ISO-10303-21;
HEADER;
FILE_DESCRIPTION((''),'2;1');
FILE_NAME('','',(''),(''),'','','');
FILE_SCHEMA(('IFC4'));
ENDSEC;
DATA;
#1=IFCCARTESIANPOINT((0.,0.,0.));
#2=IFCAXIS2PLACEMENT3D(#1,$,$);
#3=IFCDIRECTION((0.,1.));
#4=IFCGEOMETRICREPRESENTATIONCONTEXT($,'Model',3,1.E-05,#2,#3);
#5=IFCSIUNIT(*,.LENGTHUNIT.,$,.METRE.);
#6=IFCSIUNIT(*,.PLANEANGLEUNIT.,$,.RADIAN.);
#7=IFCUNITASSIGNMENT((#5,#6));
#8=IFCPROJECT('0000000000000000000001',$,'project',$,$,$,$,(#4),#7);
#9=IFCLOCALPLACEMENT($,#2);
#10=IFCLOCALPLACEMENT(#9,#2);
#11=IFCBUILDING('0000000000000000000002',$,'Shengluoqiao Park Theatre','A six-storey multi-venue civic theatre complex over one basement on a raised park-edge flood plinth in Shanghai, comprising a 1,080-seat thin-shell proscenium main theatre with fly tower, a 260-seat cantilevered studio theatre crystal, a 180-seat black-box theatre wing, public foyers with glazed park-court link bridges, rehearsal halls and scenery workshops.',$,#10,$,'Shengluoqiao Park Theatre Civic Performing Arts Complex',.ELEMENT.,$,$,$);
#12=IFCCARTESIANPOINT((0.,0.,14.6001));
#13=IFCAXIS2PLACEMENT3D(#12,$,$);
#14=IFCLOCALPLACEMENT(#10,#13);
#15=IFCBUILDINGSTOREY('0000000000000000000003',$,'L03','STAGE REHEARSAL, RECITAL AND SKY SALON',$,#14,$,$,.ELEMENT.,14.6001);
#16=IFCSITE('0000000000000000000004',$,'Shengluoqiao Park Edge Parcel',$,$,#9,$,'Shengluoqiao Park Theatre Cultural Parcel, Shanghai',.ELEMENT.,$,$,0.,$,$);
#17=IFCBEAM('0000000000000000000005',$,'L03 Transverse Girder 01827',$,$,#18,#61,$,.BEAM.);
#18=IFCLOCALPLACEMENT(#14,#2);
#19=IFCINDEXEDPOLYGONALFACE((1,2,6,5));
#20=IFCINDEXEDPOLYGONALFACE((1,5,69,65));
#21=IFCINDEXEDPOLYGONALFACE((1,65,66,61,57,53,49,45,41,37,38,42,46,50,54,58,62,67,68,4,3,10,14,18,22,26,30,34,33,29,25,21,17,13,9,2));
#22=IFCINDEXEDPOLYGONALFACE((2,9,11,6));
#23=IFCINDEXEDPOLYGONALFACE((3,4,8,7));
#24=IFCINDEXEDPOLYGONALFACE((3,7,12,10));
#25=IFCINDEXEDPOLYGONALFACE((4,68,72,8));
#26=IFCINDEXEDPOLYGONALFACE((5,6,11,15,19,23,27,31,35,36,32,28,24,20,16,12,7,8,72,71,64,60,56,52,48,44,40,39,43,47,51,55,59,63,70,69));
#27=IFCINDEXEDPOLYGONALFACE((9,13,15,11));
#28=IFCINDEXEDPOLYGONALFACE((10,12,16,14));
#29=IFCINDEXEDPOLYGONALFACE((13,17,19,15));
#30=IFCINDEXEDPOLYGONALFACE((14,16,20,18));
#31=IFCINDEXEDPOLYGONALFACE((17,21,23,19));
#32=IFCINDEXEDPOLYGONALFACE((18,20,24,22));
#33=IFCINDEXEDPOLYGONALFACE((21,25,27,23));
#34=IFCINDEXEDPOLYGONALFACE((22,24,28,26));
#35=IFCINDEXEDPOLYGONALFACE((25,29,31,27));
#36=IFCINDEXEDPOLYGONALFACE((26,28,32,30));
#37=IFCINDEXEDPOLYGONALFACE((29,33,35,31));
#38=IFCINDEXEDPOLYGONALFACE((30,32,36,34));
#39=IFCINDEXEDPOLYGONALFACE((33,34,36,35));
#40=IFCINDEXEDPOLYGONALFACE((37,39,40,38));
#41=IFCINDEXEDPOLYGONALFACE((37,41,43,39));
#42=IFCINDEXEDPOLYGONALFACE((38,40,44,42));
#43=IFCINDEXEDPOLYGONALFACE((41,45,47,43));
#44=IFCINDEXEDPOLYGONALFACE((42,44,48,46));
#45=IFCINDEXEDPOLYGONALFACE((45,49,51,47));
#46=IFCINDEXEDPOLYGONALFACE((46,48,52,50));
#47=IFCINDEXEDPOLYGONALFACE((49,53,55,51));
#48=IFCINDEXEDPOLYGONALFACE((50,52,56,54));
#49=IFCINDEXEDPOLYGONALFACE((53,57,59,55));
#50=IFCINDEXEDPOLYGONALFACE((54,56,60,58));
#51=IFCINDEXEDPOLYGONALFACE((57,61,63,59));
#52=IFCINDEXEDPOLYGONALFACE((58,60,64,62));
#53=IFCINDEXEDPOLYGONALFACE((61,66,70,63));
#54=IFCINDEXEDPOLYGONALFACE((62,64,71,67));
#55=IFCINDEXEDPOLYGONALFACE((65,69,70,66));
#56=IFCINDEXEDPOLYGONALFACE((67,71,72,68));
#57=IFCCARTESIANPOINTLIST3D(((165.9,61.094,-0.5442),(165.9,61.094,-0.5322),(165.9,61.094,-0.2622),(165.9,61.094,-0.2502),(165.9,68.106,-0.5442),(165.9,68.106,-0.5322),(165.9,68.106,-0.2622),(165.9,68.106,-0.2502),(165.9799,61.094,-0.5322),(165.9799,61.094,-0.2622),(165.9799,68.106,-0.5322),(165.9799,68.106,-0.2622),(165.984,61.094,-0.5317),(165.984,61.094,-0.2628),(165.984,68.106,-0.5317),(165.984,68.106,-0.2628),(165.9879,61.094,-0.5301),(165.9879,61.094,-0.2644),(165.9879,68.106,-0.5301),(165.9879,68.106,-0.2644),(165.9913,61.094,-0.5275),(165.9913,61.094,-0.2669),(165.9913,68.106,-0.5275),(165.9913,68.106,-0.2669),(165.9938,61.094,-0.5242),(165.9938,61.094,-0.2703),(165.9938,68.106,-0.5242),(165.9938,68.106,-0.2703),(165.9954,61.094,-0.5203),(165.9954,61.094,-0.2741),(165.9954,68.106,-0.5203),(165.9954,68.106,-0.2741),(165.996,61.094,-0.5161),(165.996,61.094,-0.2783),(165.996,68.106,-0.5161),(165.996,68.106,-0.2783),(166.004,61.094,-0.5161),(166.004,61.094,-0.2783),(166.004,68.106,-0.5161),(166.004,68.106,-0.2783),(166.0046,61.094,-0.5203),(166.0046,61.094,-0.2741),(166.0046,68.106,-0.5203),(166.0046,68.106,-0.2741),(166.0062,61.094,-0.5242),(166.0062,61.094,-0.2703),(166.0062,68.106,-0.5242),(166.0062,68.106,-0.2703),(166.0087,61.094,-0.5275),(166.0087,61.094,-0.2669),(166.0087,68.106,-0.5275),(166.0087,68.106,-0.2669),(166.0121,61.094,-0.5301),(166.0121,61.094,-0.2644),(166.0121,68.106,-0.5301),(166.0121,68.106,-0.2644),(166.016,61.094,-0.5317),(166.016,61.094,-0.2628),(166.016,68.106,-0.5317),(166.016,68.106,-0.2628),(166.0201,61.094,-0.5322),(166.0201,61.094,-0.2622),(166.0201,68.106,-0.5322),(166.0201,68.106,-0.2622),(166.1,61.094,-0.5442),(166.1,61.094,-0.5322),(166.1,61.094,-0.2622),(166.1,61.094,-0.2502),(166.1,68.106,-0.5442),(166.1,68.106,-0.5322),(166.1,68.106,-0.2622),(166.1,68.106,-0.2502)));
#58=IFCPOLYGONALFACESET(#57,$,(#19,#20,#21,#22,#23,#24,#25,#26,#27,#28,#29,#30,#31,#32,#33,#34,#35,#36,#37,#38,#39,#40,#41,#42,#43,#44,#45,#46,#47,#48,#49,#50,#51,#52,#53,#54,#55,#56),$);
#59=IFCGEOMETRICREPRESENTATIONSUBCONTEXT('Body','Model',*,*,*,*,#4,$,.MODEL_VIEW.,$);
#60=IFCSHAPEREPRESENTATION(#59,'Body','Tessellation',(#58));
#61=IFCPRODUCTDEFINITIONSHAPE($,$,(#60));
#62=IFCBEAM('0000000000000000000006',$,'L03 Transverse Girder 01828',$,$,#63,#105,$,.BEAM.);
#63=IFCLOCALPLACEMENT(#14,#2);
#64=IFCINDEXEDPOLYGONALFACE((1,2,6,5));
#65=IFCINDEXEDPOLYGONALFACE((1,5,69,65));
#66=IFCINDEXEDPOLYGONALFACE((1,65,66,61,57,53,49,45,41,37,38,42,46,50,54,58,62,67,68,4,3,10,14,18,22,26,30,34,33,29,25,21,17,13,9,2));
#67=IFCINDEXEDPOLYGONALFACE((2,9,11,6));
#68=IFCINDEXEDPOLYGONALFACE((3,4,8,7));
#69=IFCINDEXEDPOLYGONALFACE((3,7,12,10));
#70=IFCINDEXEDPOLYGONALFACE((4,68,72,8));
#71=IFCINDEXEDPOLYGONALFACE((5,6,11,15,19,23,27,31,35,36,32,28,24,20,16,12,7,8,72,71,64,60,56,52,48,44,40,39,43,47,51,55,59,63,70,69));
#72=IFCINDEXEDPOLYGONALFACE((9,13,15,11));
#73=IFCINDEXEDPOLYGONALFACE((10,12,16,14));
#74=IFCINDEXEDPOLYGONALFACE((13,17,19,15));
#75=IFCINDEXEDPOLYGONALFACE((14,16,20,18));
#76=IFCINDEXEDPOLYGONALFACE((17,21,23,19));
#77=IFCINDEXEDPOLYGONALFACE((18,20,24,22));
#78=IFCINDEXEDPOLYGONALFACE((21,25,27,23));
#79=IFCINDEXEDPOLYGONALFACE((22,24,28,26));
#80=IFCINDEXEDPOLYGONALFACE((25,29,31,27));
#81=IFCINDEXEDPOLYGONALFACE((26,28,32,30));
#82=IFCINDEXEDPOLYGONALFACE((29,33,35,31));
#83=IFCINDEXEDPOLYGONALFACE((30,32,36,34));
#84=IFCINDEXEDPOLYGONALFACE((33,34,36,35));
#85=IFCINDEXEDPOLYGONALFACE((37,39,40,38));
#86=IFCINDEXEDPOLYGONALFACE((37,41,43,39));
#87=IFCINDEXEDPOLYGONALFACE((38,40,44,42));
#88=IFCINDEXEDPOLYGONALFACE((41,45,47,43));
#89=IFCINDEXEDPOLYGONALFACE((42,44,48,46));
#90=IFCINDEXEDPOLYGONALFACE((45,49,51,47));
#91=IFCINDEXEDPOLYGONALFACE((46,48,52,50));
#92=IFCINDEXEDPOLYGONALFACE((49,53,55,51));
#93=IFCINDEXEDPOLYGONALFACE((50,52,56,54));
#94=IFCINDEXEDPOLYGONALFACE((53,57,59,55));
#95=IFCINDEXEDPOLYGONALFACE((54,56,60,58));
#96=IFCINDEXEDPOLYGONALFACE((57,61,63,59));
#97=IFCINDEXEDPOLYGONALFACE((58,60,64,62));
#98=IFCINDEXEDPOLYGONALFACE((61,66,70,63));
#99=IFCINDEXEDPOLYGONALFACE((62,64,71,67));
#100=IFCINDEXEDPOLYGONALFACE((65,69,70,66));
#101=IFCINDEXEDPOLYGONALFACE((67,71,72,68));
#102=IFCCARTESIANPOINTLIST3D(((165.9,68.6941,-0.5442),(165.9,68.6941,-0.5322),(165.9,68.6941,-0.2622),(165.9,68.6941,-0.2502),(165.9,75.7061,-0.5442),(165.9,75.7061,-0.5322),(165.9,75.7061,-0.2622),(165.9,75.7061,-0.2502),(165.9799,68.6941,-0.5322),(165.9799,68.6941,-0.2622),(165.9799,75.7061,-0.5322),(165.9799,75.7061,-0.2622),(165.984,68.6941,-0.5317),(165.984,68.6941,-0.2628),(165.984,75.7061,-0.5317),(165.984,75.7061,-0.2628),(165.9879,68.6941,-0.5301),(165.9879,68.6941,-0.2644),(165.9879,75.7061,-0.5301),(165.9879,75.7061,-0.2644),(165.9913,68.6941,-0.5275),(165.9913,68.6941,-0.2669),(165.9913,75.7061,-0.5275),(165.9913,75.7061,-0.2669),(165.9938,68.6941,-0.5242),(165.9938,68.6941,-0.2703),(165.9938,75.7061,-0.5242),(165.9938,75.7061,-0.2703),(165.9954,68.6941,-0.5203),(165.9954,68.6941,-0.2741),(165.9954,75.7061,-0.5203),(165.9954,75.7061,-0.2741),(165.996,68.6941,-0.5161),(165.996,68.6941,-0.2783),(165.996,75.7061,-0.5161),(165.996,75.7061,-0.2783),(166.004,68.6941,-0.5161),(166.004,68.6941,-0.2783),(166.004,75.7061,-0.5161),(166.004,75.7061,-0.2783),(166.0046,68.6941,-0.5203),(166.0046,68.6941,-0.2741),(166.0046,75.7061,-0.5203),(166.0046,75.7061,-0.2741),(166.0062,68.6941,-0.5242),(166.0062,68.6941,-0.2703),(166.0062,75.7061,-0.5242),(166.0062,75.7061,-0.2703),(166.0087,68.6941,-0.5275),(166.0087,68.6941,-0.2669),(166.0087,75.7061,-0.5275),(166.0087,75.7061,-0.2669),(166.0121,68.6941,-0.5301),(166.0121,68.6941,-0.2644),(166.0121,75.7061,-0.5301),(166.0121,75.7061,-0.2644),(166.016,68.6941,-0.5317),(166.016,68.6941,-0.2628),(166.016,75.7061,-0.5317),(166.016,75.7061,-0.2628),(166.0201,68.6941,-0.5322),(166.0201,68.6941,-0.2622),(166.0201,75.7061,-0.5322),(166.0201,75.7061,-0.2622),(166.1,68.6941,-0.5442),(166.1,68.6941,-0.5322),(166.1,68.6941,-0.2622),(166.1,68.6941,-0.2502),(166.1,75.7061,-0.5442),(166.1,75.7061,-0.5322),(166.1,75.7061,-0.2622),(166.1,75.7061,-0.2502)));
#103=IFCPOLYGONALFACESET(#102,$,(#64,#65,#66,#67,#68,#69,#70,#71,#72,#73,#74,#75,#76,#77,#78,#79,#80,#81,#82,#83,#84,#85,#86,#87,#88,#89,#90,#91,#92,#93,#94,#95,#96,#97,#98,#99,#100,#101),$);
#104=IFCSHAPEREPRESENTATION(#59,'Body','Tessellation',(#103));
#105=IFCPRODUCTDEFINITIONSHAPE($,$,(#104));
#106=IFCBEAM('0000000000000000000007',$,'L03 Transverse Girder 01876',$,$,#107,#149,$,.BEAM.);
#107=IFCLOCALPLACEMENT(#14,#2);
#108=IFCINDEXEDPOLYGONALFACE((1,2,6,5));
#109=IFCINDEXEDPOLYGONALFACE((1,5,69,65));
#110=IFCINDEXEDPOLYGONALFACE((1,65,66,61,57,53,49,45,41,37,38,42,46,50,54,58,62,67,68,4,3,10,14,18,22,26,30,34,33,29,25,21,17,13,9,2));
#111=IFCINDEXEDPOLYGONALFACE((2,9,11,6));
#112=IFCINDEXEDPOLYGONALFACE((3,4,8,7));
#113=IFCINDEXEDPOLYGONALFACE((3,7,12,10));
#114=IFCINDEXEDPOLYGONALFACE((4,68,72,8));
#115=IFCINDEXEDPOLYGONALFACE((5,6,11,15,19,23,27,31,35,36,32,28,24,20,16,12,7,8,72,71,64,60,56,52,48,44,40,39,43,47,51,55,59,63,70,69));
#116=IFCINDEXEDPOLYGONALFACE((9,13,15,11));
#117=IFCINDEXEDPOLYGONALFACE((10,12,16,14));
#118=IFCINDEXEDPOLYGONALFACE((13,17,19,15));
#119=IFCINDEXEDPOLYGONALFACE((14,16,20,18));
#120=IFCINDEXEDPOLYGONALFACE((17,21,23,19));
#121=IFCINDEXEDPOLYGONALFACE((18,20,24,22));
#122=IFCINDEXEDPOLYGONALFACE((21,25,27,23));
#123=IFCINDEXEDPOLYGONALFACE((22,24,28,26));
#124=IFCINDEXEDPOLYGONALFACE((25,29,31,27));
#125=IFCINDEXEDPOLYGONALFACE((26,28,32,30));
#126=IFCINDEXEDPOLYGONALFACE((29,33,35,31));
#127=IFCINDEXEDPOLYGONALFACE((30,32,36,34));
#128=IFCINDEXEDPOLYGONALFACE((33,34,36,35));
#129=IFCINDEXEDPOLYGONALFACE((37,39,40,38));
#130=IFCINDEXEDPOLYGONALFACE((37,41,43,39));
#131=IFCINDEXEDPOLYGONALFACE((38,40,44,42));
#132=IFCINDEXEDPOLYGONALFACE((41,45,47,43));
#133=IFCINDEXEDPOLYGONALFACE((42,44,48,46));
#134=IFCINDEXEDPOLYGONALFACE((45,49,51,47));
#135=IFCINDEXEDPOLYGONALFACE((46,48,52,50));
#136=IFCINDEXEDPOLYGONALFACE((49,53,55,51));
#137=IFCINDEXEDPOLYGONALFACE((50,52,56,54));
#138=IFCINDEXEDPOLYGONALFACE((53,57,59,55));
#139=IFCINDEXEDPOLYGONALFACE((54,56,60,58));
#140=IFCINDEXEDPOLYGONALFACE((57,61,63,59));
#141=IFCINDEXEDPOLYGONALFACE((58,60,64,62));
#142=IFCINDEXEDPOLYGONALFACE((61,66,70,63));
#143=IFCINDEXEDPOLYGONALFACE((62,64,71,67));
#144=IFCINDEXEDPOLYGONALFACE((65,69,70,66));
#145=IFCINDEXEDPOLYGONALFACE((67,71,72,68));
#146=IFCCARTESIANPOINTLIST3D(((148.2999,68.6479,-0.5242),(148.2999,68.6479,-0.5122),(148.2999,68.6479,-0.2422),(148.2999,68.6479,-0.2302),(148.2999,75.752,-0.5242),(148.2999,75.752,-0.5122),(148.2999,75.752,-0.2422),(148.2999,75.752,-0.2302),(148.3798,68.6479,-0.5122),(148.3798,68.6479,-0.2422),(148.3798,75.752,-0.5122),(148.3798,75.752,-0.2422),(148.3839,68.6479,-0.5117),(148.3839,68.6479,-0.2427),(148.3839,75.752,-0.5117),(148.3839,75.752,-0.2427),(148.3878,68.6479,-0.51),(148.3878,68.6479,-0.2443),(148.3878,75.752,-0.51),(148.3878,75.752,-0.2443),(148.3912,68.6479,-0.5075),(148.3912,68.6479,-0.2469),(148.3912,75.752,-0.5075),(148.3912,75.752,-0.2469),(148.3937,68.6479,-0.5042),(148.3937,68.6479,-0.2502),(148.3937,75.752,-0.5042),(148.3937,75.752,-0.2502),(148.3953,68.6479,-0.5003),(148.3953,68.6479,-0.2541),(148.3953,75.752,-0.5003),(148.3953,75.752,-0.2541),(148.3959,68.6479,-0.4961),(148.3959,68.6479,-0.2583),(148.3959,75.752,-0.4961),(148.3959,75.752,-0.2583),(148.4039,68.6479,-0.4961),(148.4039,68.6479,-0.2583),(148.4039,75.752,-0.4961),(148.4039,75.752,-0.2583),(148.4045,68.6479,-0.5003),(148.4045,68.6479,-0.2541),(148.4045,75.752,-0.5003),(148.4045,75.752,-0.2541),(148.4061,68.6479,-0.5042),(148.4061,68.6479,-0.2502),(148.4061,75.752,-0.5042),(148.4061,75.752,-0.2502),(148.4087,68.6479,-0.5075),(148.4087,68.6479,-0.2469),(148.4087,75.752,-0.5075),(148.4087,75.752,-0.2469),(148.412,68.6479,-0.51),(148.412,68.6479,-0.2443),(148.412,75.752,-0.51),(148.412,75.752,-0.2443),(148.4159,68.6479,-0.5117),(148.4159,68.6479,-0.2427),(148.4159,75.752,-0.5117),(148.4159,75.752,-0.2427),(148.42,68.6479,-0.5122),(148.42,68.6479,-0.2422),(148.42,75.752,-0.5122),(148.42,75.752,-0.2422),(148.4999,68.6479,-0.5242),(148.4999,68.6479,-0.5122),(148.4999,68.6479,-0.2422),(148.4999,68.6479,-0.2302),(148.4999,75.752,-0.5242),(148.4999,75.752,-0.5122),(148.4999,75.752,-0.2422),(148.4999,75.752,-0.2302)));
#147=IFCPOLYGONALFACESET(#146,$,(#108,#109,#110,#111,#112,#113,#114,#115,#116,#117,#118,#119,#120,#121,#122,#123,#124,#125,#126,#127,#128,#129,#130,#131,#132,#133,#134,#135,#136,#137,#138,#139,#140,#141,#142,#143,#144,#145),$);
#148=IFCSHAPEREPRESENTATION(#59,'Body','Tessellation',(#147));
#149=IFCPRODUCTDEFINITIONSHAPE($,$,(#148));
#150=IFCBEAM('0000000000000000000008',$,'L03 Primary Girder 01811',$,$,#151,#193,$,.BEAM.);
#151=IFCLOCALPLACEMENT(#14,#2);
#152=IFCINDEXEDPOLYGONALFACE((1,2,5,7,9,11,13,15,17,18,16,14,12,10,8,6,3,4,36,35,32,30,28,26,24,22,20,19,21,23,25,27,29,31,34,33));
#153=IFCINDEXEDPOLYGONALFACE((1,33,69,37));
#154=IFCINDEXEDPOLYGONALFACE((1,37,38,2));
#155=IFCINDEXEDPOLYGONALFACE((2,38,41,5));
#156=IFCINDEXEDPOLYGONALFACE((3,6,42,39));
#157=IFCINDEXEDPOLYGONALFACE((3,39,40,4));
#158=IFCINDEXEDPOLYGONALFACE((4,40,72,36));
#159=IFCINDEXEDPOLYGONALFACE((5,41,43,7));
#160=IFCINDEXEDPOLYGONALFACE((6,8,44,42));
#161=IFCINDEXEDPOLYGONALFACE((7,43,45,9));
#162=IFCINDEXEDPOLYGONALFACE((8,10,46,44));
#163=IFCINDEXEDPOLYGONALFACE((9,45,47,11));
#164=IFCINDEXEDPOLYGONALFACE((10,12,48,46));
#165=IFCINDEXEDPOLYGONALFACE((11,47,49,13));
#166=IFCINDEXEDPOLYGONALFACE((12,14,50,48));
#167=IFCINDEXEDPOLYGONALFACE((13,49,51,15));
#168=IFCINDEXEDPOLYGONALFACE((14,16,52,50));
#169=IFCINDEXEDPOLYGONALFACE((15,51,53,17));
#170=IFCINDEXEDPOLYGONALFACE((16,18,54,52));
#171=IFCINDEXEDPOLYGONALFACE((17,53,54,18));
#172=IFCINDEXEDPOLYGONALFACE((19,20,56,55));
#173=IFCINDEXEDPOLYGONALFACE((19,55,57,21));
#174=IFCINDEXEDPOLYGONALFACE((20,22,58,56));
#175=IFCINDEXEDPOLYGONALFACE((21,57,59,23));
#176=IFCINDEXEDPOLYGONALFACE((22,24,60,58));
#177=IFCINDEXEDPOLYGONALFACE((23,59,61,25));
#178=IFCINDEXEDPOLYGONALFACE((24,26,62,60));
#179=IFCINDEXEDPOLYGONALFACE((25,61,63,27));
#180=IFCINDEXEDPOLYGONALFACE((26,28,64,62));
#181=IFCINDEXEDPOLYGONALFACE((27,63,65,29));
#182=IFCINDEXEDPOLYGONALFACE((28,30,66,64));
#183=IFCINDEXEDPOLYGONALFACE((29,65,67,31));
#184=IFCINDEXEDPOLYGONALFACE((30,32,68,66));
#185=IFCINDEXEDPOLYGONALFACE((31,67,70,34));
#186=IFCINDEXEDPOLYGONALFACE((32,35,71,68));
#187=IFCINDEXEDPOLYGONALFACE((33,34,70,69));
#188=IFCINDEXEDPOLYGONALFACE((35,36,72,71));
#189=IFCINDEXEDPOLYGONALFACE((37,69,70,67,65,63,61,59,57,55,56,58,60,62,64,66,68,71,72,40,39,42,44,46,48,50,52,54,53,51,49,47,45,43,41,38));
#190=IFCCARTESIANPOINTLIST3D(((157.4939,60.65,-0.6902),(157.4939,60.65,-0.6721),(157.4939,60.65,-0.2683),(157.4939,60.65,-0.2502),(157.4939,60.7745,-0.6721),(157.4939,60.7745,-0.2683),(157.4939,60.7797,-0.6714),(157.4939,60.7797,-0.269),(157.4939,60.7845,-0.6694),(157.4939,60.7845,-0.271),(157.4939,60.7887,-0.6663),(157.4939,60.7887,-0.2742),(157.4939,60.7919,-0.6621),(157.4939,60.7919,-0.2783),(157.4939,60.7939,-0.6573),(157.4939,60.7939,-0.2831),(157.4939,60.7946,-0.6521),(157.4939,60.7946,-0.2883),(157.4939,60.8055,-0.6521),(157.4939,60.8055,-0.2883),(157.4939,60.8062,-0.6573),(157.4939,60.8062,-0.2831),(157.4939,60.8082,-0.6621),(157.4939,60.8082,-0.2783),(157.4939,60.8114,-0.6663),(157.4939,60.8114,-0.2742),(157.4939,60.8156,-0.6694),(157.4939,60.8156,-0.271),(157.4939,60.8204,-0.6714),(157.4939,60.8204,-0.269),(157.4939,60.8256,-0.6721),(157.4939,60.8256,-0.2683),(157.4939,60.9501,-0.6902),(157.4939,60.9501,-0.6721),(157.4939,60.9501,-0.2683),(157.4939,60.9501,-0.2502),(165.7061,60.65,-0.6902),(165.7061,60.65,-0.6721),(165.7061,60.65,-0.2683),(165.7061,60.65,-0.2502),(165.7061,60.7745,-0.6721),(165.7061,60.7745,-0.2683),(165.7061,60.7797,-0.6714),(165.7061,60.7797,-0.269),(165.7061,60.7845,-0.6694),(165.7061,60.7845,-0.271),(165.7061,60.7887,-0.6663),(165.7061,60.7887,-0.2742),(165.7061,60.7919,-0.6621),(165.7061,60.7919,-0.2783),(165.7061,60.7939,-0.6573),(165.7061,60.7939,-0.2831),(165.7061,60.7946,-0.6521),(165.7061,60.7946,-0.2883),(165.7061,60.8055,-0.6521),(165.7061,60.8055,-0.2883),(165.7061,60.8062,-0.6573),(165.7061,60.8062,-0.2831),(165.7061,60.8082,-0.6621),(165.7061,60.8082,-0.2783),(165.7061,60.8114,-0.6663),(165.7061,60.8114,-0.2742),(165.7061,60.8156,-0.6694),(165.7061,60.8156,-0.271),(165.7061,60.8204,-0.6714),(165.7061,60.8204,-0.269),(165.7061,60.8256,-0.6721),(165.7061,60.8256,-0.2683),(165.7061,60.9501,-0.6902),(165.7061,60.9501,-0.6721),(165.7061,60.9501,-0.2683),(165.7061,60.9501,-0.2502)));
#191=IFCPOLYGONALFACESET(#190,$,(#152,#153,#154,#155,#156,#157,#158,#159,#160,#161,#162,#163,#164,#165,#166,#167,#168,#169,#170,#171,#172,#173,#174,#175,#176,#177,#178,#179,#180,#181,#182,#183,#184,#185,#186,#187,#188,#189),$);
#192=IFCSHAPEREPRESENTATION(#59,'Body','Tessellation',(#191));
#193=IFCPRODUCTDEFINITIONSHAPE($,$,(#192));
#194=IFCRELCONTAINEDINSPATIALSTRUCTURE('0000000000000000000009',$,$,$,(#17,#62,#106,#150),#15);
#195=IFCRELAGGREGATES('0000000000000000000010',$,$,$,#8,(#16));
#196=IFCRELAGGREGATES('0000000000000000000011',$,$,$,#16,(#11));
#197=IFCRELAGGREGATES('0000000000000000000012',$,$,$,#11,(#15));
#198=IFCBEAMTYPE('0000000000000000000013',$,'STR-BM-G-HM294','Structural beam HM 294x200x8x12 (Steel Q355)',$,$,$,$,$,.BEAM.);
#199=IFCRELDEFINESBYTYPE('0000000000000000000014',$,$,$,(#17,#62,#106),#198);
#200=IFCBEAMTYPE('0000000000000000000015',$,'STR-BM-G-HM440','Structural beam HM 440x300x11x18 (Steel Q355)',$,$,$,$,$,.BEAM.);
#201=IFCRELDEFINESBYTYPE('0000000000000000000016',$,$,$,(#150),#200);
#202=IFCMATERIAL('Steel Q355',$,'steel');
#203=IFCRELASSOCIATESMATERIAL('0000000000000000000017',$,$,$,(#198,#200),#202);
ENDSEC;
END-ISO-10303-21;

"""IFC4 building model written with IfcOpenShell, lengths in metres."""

from ifc_helpers import new_model, si_unit, direction, frame, origin, origin_2d, place, context, subcontext, project, spatial, i_section, extrude, material, material_profile, profile_set, type_object, element, save


model = new_model("IFC4")

# Units and contexts
model_context = context("Model", 3, precision=1e-05, world=origin(), true_north=direction((0.0, 1.0)))
body_context = subcontext(model_context, "Body", "Model", "MODEL_VIEW")
ifc_project = project(units=[si_unit("LENGTHUNIT", "METRE"), si_unit("PLANEANGLEUNIT", "RADIAN")], contexts=[model_context])

# Site, building, storey
site_placement = place(None, origin())
site = spatial("IfcSite", under=ifc_project, at=site_placement, Name="Shengluoqiao Park Edge Parcel", LongName="Shengluoqiao Park Theatre Cultural Parcel, Shanghai", CompositionType="ELEMENT", RefElevation=0.0)
building_placement = place(site_placement, origin())
building = spatial("IfcBuilding", under=site, at=building_placement, Name="Shengluoqiao Park Theatre", Description="A six-storey multi-venue civic theatre complex over one basement on a raised park-edge flood plinth in Shanghai, comprising a 1,080-seat thin-shell proscenium main theatre with fly tower, a 260-seat cantilevered studio theatre crystal, a 180-seat black-box theatre wing, public foyers with glazed park-court link bridges, rehearsal halls and scenery workshops.", LongName="Shengluoqiao Park Theatre Civic Performing Arts Complex", CompositionType="ELEMENT")
storey_placement = place(building_placement, frame((0.0, 0.0, 14.6001)))
storey = spatial("IfcBuildingStorey", under=building, at=storey_placement, Name="L03", Description="STAGE REHEARSAL, RECITAL AND SKY SALON", CompositionType="ELEMENT", Elevation=14.6001)

# Beams
ifc_material = material(Name="Steel Q355", Category="steel")
ifc_material_profile_1 = material_profile(ifc_material, i_section(OverallWidth=0.2, OverallDepth=0.2939, WebThickness=0.0081, FlangeThickness=0.012, FilletRadius=0.0161, at=origin_2d()), Name="HM 294x200x8x12")
ifc_profile_set_1 = profile_set([ifc_material_profile_1], Name="Steel Q355")
beam_type_1 = type_object("IfcBeamType", Name="STR-BM-G-HM294", Description="Structural beam HM 294x200x8x12 (Steel Q355)", PredefinedType="BEAM", material=ifc_profile_set_1)
for number, where, z_axis, x_axis, name in (
    (1, (166.0, 61.094, -0.3972), (0.0, 1.0, 0.0), (-1.0, 0.0, 0.0), "L03 Transverse Girder 01827"),
    (2, (166.0, 68.6941, -0.3972), (0.0, 1.0, 0.0), (-1.0, 0.0, 0.0), "L03 Transverse Girder 01828"),
):
    element("IfcBeam", number, at=place(storey_placement, frame(where, z_axis=z_axis, x_axis=x_axis)), inside=storey, type_object=beam_type_1, Name=name, PredefinedType="BEAM", context=body_context, shape_type="SweptSolid", body=[
        extrude(i_section(OverallWidth=0.2, OverallDepth=0.2939, WebThickness=0.0081, FlangeThickness=0.012, FilletRadius=0.0161, at=origin_2d()), origin(), (0.0, 0.0, 1.0), 7.012),
    ])
beam_1_placement = place(storey_placement, frame((148.3999, 68.6479, -0.3772), z_axis=(0.0, 1.0, 0.0), x_axis=(-1.0, 0.0, 0.0)))
element("IfcBeam", 3, at=beam_1_placement, inside=storey, type_object=beam_type_1, Name="L03 Transverse Girder 01876", PredefinedType="BEAM", context=body_context, shape_type="SweptSolid", body=[
    extrude(i_section(OverallWidth=0.2, OverallDepth=0.2939, WebThickness=0.0081, FlangeThickness=0.012, FilletRadius=0.0161, at=origin_2d()), origin(), (0.0, 0.0, 1.0), 7.104),
])
ifc_material_profile_2 = material_profile(ifc_material, i_section(OverallWidth=0.3, OverallDepth=0.4399, WebThickness=0.011, FlangeThickness=0.0181, FilletRadius=0.02, at=origin_2d()), Name="HM 440x300x11x18")
ifc_profile_set_2 = profile_set([ifc_material_profile_2], Name="Steel Q355")
beam_type_2 = type_object("IfcBeamType", Name="STR-BM-G-HM440", Description="Structural beam HM 440x300x11x18 (Steel Q355)", PredefinedType="BEAM", material=ifc_profile_set_2)
for number, where, z_axis, x_axis, name in (
    (4, (157.4939, 60.8, -0.4702), (1.0, 0.0, 0.0), (0.0, 1.0, 0.0), "L03 Primary Girder 01811"),
):
    element("IfcBeam", number, at=place(storey_placement, frame(where, z_axis=z_axis, x_axis=x_axis)), inside=storey, type_object=beam_type_2, Name=name, PredefinedType="BEAM", context=body_context, shape_type="SweptSolid", body=[
        extrude(i_section(OverallWidth=0.3, OverallDepth=0.4399, WebThickness=0.011, FlangeThickness=0.0181, FilletRadius=0.02, at=origin_2d()), origin(), (0.0, 0.0, 1.0), 8.2122),
    ])

save(model, "model.ifc")
